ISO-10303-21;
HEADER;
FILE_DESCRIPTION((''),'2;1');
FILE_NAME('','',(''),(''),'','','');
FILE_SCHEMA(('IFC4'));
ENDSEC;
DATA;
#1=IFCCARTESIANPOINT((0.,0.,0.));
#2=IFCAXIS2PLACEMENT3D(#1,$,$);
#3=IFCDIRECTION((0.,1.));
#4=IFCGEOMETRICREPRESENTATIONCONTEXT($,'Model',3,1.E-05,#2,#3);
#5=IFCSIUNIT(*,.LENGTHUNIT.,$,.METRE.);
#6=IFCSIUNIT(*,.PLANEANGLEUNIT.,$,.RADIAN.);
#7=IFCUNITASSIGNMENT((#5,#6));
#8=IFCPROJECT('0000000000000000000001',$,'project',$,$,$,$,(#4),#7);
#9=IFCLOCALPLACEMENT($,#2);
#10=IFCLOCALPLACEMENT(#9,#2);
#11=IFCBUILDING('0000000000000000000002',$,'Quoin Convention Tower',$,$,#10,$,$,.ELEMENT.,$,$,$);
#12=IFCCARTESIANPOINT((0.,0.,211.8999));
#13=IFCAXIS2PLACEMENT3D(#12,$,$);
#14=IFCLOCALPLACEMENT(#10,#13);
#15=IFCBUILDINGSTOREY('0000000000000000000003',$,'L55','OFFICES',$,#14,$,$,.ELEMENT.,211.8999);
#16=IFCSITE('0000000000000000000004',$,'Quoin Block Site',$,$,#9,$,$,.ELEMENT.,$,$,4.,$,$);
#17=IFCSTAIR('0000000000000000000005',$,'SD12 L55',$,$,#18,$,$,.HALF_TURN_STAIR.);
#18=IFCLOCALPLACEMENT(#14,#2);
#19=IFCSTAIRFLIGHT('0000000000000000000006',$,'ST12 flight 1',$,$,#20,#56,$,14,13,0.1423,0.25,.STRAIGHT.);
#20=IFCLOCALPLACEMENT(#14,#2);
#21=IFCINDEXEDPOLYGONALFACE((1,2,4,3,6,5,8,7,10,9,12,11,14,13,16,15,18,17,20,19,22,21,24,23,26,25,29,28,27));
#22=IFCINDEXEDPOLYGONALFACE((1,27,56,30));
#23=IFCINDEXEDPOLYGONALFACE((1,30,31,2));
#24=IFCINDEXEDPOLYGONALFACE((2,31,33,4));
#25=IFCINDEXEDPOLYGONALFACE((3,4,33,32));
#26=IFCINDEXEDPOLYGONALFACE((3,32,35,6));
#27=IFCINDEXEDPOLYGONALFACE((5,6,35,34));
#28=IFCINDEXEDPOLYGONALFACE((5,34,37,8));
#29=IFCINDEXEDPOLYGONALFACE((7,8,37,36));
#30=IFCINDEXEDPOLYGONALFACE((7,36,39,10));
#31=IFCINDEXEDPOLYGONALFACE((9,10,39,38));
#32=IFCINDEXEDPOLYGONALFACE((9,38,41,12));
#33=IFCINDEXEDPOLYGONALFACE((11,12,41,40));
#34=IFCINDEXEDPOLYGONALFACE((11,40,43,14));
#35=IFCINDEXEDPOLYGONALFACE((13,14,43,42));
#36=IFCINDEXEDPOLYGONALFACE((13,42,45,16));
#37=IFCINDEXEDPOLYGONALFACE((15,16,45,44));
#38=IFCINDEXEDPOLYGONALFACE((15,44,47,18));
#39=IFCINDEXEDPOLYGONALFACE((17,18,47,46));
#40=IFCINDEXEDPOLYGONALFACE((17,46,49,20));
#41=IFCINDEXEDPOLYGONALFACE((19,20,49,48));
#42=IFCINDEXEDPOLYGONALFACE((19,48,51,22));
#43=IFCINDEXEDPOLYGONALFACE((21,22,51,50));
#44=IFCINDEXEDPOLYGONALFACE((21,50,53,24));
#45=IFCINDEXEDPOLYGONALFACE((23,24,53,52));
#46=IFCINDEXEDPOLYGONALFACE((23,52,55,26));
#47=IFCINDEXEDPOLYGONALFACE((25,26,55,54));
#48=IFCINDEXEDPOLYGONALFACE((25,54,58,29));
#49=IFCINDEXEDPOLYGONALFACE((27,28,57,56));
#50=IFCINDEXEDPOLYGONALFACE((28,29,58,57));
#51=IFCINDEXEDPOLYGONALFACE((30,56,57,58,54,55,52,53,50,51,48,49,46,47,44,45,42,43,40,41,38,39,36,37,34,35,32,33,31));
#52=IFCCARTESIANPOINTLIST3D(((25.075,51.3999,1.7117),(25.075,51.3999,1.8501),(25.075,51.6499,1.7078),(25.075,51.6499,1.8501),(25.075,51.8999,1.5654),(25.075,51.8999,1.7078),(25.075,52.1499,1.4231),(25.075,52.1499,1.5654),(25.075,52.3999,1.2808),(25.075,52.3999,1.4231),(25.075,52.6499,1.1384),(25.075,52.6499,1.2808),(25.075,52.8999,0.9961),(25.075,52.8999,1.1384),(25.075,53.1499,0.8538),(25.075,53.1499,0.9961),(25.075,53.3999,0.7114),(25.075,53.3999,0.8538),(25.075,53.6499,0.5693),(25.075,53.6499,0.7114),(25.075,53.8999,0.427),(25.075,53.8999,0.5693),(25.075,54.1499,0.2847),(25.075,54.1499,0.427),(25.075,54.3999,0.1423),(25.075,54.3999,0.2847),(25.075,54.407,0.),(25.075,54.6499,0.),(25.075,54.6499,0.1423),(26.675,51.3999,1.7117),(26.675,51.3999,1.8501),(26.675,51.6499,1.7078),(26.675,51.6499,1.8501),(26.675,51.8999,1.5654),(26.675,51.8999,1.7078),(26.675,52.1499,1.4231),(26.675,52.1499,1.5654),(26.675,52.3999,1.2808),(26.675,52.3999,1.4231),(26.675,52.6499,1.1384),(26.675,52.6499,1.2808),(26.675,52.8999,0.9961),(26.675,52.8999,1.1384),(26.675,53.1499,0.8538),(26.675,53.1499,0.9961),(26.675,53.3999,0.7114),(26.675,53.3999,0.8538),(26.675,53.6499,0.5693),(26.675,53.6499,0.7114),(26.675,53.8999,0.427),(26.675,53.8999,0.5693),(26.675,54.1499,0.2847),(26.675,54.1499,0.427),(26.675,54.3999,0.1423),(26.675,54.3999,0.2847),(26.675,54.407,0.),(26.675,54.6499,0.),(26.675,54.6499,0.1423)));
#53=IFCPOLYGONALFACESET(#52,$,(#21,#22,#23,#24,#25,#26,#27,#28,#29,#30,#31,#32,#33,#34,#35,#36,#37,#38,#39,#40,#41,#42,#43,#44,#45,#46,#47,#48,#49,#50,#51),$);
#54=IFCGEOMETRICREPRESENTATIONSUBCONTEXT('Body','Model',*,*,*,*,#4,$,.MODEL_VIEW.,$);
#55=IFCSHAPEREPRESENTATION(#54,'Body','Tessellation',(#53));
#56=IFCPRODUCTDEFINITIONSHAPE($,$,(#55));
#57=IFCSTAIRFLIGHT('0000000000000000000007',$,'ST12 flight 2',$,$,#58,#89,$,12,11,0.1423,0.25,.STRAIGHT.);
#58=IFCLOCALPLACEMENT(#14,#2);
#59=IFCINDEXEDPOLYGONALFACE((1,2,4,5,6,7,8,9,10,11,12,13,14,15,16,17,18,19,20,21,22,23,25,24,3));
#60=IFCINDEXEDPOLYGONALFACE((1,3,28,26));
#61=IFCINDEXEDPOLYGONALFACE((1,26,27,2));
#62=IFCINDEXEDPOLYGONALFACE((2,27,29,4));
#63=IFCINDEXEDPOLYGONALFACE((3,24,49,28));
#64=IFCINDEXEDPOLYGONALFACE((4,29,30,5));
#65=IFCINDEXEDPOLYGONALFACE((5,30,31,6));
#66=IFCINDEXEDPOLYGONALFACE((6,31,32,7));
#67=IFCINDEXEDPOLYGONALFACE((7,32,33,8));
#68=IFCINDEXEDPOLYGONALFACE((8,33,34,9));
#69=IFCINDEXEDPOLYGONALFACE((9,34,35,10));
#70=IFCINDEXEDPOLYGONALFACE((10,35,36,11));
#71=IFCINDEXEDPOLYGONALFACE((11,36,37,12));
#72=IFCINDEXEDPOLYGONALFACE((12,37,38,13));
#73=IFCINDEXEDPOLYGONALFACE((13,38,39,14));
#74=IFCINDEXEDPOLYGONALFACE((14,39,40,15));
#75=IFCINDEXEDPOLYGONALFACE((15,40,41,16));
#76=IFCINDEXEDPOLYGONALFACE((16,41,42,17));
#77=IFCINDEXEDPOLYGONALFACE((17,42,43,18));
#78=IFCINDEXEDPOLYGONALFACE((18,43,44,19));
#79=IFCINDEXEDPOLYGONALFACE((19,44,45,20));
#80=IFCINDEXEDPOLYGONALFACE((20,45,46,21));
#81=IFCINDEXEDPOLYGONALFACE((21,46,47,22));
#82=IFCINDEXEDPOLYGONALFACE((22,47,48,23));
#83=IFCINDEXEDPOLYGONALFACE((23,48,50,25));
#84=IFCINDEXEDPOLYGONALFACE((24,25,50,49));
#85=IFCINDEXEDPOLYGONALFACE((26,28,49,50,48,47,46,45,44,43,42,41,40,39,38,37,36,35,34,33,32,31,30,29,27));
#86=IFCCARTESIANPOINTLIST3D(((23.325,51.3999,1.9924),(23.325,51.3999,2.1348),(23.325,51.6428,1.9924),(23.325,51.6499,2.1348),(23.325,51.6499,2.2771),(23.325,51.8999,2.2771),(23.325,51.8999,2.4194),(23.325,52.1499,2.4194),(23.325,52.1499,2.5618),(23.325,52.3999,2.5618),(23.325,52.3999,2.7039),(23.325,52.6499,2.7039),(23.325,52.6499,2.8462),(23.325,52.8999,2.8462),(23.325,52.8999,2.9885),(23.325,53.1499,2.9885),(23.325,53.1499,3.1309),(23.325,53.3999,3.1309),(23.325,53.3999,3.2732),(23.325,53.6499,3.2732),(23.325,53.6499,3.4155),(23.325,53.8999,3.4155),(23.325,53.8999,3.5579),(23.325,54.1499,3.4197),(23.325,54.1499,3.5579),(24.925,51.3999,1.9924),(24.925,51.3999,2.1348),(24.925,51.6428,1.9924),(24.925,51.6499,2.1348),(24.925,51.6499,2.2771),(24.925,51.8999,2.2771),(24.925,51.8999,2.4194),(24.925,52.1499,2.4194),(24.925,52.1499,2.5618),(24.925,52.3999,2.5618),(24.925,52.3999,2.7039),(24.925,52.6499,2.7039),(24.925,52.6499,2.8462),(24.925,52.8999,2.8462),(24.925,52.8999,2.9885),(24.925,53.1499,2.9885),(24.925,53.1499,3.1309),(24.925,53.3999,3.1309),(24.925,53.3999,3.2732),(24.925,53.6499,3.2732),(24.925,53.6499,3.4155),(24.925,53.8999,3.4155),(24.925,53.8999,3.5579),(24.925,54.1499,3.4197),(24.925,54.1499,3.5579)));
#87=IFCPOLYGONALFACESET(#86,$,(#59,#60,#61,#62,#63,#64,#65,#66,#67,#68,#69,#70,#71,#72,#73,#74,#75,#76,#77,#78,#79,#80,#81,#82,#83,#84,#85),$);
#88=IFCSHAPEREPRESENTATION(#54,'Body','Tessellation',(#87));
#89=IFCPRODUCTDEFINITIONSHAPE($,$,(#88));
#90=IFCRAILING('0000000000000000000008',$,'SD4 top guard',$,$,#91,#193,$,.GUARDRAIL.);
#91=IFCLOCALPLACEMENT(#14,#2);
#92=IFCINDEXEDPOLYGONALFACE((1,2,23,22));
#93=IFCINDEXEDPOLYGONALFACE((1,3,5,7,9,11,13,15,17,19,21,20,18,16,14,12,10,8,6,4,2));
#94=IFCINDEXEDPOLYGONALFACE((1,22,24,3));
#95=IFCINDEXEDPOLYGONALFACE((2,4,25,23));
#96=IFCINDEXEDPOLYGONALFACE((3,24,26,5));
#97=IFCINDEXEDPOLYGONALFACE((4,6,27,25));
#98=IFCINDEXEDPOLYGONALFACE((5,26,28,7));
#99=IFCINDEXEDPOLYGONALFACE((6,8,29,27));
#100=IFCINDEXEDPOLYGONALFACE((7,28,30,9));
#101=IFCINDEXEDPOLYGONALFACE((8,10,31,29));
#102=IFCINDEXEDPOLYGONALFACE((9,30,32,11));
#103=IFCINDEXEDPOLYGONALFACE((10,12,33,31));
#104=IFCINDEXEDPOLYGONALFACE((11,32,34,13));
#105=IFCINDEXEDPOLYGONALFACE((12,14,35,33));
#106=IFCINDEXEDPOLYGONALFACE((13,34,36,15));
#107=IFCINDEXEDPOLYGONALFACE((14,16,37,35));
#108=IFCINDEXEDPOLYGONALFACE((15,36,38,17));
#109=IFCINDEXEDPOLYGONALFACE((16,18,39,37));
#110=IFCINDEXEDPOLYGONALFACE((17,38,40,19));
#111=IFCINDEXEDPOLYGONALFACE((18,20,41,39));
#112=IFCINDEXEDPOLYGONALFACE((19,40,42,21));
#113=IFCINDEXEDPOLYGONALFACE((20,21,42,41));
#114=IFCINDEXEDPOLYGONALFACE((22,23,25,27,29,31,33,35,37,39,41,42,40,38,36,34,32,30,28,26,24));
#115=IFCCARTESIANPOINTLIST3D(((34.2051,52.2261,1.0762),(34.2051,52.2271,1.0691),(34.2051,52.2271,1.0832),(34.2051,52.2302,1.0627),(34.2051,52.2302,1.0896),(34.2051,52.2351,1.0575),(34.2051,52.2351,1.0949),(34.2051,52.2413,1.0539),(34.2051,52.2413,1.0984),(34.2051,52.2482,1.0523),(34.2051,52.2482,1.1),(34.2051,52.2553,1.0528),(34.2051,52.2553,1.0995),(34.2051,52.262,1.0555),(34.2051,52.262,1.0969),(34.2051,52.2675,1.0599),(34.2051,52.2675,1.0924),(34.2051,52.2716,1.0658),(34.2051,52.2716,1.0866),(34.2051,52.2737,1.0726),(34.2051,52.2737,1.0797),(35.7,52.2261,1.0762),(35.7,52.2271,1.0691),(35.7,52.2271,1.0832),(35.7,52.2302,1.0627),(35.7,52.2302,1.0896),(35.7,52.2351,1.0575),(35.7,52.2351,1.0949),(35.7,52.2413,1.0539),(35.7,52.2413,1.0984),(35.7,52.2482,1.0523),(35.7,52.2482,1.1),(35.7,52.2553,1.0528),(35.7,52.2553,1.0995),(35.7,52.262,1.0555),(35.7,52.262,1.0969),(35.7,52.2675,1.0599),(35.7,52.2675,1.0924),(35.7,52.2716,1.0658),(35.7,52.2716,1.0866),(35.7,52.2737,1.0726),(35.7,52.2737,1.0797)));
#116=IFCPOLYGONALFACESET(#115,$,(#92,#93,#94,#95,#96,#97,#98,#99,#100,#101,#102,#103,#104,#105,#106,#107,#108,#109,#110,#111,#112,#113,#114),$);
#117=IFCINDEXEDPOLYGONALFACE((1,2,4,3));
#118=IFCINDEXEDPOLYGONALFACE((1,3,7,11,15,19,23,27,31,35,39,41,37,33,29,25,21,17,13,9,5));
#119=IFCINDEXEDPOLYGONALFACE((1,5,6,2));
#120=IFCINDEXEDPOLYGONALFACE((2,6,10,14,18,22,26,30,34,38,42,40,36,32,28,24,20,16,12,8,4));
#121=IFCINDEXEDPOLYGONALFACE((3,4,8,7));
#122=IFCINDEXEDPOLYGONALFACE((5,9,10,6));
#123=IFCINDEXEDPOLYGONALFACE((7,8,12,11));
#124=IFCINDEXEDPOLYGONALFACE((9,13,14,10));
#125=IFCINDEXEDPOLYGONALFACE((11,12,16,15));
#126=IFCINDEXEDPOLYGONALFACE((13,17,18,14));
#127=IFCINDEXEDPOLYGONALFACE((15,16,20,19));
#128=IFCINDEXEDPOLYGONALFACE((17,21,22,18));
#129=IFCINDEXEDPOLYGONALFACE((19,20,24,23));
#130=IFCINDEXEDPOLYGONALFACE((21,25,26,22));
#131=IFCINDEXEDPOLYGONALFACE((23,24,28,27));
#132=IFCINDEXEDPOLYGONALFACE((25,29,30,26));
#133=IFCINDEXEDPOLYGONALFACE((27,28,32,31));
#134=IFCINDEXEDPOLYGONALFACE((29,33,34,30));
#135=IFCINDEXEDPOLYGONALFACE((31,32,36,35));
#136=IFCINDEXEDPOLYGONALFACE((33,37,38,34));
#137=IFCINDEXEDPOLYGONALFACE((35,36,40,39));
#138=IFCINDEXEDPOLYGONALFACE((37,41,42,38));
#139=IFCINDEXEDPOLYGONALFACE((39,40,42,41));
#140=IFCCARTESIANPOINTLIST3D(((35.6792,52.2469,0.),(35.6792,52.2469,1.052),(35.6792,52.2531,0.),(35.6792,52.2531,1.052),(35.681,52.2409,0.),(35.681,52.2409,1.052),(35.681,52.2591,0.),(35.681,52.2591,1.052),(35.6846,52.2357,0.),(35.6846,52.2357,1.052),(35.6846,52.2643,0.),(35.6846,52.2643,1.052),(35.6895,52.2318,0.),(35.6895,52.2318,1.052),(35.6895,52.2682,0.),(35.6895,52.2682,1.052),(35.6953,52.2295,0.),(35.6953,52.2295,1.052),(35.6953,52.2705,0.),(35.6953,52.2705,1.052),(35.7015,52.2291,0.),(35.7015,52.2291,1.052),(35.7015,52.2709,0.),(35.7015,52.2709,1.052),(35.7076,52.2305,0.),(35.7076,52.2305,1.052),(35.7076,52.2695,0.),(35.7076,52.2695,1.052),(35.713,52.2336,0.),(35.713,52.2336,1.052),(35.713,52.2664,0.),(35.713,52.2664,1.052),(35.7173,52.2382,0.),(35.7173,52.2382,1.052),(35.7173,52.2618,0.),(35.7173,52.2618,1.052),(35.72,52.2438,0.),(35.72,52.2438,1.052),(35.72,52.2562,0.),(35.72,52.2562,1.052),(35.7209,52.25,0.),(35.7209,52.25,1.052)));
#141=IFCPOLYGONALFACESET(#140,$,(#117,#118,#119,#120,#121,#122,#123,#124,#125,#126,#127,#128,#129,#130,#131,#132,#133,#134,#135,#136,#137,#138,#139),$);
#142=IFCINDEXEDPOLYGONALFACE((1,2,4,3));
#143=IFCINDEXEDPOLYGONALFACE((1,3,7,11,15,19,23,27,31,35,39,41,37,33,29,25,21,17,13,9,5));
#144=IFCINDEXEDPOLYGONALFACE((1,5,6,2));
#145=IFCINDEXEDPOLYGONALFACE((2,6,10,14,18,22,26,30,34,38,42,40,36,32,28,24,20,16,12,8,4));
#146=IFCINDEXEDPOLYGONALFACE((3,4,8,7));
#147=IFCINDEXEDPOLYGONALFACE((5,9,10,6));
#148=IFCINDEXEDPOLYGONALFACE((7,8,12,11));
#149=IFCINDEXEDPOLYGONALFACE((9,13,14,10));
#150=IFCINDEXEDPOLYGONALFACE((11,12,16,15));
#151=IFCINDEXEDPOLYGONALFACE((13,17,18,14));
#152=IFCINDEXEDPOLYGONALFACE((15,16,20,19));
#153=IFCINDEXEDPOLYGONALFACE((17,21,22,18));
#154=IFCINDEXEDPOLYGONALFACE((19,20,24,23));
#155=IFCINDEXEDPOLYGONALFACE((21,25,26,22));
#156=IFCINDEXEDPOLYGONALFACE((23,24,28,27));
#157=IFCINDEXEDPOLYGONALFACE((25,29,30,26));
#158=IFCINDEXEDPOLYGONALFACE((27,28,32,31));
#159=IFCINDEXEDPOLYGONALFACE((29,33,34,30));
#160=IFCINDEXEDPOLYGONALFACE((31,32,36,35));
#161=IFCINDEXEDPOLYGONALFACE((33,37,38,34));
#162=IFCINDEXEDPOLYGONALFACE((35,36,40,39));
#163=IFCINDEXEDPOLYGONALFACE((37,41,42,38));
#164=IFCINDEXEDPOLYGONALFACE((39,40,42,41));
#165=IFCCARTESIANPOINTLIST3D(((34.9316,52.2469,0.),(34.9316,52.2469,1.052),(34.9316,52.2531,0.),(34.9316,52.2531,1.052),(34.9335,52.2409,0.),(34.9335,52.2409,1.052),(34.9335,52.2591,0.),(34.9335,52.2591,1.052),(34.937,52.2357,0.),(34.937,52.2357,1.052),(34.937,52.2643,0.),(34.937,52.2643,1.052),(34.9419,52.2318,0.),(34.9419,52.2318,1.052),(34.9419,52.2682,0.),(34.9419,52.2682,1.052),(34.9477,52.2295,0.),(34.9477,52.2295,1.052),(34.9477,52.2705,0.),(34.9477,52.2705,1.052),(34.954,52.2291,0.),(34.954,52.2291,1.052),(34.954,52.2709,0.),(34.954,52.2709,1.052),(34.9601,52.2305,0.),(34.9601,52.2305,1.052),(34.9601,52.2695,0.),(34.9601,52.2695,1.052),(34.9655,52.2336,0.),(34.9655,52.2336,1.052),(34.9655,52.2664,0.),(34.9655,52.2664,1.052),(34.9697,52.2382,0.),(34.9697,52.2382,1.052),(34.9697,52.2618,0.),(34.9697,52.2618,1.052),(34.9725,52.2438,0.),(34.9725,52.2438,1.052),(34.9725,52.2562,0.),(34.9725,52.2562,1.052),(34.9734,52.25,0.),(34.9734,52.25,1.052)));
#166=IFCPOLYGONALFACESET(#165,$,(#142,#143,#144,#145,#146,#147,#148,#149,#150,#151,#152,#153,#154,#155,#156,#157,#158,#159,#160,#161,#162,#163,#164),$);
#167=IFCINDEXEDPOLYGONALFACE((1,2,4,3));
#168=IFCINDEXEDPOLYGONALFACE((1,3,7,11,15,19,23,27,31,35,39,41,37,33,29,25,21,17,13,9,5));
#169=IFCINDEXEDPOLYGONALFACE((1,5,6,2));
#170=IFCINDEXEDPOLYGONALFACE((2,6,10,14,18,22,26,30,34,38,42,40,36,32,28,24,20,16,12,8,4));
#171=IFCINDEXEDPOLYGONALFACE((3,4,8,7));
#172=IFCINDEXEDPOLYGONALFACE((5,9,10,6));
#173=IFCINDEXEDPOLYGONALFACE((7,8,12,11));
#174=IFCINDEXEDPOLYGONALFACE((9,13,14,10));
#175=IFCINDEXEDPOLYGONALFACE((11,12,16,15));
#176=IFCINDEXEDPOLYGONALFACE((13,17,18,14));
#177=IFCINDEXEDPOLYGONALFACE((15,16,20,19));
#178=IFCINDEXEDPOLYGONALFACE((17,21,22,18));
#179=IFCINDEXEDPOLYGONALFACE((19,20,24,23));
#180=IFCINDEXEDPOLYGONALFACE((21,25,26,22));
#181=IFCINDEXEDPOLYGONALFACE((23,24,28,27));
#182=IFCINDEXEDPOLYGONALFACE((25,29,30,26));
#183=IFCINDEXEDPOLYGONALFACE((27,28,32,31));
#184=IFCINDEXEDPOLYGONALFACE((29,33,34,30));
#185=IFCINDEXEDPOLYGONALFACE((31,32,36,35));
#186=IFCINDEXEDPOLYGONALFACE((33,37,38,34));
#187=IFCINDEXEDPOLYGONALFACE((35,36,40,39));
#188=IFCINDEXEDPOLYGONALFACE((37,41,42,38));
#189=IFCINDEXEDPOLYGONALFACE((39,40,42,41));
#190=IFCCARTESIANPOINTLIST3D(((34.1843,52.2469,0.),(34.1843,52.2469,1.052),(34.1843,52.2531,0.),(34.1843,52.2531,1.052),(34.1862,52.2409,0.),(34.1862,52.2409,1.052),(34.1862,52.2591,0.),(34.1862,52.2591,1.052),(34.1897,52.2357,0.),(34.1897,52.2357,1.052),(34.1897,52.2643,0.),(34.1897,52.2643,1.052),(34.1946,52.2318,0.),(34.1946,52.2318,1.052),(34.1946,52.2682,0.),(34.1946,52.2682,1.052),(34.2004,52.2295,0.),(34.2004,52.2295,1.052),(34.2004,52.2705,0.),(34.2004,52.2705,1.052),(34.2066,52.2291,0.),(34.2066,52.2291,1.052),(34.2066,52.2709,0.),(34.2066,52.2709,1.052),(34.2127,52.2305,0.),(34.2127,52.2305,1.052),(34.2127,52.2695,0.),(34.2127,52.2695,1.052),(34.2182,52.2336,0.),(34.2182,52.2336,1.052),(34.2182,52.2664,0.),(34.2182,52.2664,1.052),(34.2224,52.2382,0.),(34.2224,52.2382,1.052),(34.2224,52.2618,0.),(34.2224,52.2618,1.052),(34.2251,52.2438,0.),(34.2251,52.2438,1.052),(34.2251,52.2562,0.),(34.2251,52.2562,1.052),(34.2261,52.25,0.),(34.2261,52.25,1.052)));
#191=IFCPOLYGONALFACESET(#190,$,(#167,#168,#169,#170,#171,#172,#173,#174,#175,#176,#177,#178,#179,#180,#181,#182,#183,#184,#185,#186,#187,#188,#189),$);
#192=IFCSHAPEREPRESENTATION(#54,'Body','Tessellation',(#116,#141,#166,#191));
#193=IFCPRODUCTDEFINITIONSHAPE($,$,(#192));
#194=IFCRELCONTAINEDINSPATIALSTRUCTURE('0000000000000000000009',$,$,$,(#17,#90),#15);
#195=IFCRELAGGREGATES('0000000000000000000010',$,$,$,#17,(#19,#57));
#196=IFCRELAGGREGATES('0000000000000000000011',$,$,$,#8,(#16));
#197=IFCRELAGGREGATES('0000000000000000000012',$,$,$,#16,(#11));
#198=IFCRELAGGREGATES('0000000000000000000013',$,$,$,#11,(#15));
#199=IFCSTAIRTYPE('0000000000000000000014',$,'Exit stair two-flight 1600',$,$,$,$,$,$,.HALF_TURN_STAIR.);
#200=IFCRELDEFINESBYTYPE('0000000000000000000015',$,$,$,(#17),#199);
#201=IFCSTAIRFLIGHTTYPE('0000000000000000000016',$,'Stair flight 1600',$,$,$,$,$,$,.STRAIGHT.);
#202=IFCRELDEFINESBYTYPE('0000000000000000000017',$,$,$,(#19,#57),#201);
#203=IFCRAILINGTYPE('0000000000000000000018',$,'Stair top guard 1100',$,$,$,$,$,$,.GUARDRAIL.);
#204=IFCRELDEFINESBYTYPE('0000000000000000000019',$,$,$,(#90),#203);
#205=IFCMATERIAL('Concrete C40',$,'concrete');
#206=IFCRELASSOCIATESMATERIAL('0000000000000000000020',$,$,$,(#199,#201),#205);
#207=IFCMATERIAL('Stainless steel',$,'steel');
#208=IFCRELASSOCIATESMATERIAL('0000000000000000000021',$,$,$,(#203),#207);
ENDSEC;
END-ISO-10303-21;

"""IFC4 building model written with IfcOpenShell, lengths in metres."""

from ifc_helpers import new_model, si_unit, direction, frame, origin, origin_2d, place, context, subcontext, project, spatial, polyline, circle, outline, extrude, material, type_object, element, aggregate, save


model = new_model("IFC4")

# Units and contexts
model_context = context("Model", 3, precision=1e-05, world=origin(), true_north=direction((0.0, 1.0)))
body_context = subcontext(model_context, "Body", "Model", "MODEL_VIEW")
ifc_project = project(units=[si_unit("LENGTHUNIT", "METRE"), si_unit("PLANEANGLEUNIT", "RADIAN")], contexts=[model_context])

# Site, building, storey
site_placement = place(None, origin())
site = spatial("IfcSite", under=ifc_project, at=site_placement, Name="Quoin Block Site", CompositionType="ELEMENT", RefElevation=4.0)
building_placement = place(site_placement, origin())
building = spatial("IfcBuilding", under=site, at=building_placement, Name="Quoin Convention Tower", CompositionType="ELEMENT")
storey_placement = place(building_placement, frame((0.0, 0.0, 211.8999)))
storey = spatial("IfcBuildingStorey", under=building, at=storey_placement, Name="L55", Description="OFFICES", CompositionType="ELEMENT", Elevation=211.8999)

# Shared definitions
ifc_material_1 = material(Name="Concrete C40", Category="concrete")

# Stair, stair flights
stair_type_1 = type_object("IfcStairType", Name="Exit stair two-flight 1600", PredefinedType="HALF_TURN_STAIR", material=ifc_material_1)
stair_flight_type_1 = type_object("IfcStairFlightType", Name="Stair flight 1600", PredefinedType="STRAIGHT", material=ifc_material_1)
stair_1_placement = place(storey_placement, origin())
stair_1 = element("IfcStair", 1, at=stair_1_placement, inside=storey, type_object=stair_type_1, Name="SD12 L55", PredefinedType="HALF_TURN_STAIR")
stair_flight_1_placement = place(storey_placement, frame((25.875, 54.6499, 0.0), z_axis=(0.0, 0.0, 1.0), x_axis=(0.0, -1.0, 0.0)))
stair_flight_1 = element("IfcStairFlight", 2, at=stair_flight_1_placement, type_object=stair_flight_type_1, Name="ST12 flight 1", NumberOfRisers=14, NumberOfTreads=13, PredefinedType="STRAIGHT", RiserHeight=0.1423, TreadLength=0.25, context=body_context, shape_type="SweptSolid", body=[
    extrude(outline(polyline([(0.0, 0.0), (0.0, 0.1423), (0.25, 0.1423), (0.25, 0.2847), (0.5, 0.2847), (0.5, 0.427), (0.75, 0.427), (0.75, 0.5693), (1.0, 0.5693), (1.0, 0.7114), (1.25, 0.7114), (1.25, 0.8538), (1.5, 0.8538), (1.5, 0.9961), (1.75, 0.9961), (1.75, 1.1384), (2.0, 1.1384), (2.0, 1.2808), (2.25, 1.2808), (2.25, 1.4231), (2.5, 1.4231), (2.5, 1.5654), (2.75, 1.5654), (2.75, 1.7078), (3.0, 1.7078), (3.0, 1.8501), (3.25, 1.8501), (3.25, 1.9922), (3.25, 1.7117), (0.2429, 0.0), (0.0, 0.0)])), frame((0.0, 0.8, 0.0), z_axis=(0.0, -1.0, 0.0), x_axis=(1.0, 0.0, 0.0)), (0.0, 0.0, 1.0), 1.6001),
])
stair_flight_2_placement = place(storey_placement, frame((24.125, 51.3999, 1.9924), z_axis=(0.0, 0.0, 1.0), x_axis=(0.0, 1.0, 0.0)))
stair_flight_2 = element("IfcStairFlight", 3, at=stair_flight_2_placement, type_object=stair_flight_type_1, Name="ST12 flight 2", NumberOfRisers=12, NumberOfTreads=11, PredefinedType="STRAIGHT", RiserHeight=0.1423, TreadLength=0.25, context=body_context, shape_type="SweptSolid", body=[
    extrude(outline(polyline([(0.0, 0.0), (0.0, 0.1423), (0.25, 0.1423), (0.25, 0.2847), (0.5, 0.2847), (0.5, 0.427), (0.75, 0.427), (0.75, 0.5693), (1.0, 0.5693), (1.0, 0.7114), (1.25, 0.7114), (1.25, 0.8538), (1.5, 0.8538), (1.5, 0.9961), (1.75, 0.9961), (1.75, 1.1384), (2.0, 1.1384), (2.0, 1.2808), (2.25, 1.2808), (2.25, 1.4231), (2.5, 1.4231), (2.5, 1.5654), (2.75, 1.5654), (2.75, 1.7078), (2.75, 1.4272), (0.2429, 0.0), (0.0, 0.0)])), frame((0.0, 0.8, 0.0), z_axis=(0.0, -1.0, 0.0), x_axis=(1.0, 0.0, 0.0)), (0.0, 0.0, 1.0), 1.6001),
])
aggregate(stair_1, [stair_flight_1, stair_flight_2])

# Railing
ifc_material_2 = material(Name="Stainless steel", Category="steel")
railing_type_1 = type_object("IfcRailingType", Name="Stair top guard 1100", PredefinedType="GUARDRAIL", material=ifc_material_2)
railing_1_placement = place(storey_placement, frame((35.7, 52.25, 0.0)))
element("IfcRailing", 4, at=railing_1_placement, inside=storey, type_object=railing_type_1, Name="SD4 top guard", PredefinedType="GUARDRAIL", context=body_context, shape_type="SweptSolid", body=[
    extrude(circle(Radius=0.0239, at=origin_2d()), frame((0.0, 0.0, 1.0762), z_axis=(-1.0, 0.0, 0.0), x_axis=(0.0, -1.0, 0.0)), (0.0, 0.0, 1.0), 1.4949),
    extrude(circle(Radius=0.021, at=origin_2d()), origin(), (0.0, 0.0, 1.0), 1.052),
    extrude(circle(Radius=0.021, at=origin_2d()), frame((-0.7476, 0.0, 0.0)), (0.0, 0.0, 1.0), 1.052),
    extrude(circle(Radius=0.021, at=origin_2d()), frame((-1.4949, 0.0, 0.0)), (0.0, 0.0, 1.0), 1.052),
])

save(model, "model.ifc")
